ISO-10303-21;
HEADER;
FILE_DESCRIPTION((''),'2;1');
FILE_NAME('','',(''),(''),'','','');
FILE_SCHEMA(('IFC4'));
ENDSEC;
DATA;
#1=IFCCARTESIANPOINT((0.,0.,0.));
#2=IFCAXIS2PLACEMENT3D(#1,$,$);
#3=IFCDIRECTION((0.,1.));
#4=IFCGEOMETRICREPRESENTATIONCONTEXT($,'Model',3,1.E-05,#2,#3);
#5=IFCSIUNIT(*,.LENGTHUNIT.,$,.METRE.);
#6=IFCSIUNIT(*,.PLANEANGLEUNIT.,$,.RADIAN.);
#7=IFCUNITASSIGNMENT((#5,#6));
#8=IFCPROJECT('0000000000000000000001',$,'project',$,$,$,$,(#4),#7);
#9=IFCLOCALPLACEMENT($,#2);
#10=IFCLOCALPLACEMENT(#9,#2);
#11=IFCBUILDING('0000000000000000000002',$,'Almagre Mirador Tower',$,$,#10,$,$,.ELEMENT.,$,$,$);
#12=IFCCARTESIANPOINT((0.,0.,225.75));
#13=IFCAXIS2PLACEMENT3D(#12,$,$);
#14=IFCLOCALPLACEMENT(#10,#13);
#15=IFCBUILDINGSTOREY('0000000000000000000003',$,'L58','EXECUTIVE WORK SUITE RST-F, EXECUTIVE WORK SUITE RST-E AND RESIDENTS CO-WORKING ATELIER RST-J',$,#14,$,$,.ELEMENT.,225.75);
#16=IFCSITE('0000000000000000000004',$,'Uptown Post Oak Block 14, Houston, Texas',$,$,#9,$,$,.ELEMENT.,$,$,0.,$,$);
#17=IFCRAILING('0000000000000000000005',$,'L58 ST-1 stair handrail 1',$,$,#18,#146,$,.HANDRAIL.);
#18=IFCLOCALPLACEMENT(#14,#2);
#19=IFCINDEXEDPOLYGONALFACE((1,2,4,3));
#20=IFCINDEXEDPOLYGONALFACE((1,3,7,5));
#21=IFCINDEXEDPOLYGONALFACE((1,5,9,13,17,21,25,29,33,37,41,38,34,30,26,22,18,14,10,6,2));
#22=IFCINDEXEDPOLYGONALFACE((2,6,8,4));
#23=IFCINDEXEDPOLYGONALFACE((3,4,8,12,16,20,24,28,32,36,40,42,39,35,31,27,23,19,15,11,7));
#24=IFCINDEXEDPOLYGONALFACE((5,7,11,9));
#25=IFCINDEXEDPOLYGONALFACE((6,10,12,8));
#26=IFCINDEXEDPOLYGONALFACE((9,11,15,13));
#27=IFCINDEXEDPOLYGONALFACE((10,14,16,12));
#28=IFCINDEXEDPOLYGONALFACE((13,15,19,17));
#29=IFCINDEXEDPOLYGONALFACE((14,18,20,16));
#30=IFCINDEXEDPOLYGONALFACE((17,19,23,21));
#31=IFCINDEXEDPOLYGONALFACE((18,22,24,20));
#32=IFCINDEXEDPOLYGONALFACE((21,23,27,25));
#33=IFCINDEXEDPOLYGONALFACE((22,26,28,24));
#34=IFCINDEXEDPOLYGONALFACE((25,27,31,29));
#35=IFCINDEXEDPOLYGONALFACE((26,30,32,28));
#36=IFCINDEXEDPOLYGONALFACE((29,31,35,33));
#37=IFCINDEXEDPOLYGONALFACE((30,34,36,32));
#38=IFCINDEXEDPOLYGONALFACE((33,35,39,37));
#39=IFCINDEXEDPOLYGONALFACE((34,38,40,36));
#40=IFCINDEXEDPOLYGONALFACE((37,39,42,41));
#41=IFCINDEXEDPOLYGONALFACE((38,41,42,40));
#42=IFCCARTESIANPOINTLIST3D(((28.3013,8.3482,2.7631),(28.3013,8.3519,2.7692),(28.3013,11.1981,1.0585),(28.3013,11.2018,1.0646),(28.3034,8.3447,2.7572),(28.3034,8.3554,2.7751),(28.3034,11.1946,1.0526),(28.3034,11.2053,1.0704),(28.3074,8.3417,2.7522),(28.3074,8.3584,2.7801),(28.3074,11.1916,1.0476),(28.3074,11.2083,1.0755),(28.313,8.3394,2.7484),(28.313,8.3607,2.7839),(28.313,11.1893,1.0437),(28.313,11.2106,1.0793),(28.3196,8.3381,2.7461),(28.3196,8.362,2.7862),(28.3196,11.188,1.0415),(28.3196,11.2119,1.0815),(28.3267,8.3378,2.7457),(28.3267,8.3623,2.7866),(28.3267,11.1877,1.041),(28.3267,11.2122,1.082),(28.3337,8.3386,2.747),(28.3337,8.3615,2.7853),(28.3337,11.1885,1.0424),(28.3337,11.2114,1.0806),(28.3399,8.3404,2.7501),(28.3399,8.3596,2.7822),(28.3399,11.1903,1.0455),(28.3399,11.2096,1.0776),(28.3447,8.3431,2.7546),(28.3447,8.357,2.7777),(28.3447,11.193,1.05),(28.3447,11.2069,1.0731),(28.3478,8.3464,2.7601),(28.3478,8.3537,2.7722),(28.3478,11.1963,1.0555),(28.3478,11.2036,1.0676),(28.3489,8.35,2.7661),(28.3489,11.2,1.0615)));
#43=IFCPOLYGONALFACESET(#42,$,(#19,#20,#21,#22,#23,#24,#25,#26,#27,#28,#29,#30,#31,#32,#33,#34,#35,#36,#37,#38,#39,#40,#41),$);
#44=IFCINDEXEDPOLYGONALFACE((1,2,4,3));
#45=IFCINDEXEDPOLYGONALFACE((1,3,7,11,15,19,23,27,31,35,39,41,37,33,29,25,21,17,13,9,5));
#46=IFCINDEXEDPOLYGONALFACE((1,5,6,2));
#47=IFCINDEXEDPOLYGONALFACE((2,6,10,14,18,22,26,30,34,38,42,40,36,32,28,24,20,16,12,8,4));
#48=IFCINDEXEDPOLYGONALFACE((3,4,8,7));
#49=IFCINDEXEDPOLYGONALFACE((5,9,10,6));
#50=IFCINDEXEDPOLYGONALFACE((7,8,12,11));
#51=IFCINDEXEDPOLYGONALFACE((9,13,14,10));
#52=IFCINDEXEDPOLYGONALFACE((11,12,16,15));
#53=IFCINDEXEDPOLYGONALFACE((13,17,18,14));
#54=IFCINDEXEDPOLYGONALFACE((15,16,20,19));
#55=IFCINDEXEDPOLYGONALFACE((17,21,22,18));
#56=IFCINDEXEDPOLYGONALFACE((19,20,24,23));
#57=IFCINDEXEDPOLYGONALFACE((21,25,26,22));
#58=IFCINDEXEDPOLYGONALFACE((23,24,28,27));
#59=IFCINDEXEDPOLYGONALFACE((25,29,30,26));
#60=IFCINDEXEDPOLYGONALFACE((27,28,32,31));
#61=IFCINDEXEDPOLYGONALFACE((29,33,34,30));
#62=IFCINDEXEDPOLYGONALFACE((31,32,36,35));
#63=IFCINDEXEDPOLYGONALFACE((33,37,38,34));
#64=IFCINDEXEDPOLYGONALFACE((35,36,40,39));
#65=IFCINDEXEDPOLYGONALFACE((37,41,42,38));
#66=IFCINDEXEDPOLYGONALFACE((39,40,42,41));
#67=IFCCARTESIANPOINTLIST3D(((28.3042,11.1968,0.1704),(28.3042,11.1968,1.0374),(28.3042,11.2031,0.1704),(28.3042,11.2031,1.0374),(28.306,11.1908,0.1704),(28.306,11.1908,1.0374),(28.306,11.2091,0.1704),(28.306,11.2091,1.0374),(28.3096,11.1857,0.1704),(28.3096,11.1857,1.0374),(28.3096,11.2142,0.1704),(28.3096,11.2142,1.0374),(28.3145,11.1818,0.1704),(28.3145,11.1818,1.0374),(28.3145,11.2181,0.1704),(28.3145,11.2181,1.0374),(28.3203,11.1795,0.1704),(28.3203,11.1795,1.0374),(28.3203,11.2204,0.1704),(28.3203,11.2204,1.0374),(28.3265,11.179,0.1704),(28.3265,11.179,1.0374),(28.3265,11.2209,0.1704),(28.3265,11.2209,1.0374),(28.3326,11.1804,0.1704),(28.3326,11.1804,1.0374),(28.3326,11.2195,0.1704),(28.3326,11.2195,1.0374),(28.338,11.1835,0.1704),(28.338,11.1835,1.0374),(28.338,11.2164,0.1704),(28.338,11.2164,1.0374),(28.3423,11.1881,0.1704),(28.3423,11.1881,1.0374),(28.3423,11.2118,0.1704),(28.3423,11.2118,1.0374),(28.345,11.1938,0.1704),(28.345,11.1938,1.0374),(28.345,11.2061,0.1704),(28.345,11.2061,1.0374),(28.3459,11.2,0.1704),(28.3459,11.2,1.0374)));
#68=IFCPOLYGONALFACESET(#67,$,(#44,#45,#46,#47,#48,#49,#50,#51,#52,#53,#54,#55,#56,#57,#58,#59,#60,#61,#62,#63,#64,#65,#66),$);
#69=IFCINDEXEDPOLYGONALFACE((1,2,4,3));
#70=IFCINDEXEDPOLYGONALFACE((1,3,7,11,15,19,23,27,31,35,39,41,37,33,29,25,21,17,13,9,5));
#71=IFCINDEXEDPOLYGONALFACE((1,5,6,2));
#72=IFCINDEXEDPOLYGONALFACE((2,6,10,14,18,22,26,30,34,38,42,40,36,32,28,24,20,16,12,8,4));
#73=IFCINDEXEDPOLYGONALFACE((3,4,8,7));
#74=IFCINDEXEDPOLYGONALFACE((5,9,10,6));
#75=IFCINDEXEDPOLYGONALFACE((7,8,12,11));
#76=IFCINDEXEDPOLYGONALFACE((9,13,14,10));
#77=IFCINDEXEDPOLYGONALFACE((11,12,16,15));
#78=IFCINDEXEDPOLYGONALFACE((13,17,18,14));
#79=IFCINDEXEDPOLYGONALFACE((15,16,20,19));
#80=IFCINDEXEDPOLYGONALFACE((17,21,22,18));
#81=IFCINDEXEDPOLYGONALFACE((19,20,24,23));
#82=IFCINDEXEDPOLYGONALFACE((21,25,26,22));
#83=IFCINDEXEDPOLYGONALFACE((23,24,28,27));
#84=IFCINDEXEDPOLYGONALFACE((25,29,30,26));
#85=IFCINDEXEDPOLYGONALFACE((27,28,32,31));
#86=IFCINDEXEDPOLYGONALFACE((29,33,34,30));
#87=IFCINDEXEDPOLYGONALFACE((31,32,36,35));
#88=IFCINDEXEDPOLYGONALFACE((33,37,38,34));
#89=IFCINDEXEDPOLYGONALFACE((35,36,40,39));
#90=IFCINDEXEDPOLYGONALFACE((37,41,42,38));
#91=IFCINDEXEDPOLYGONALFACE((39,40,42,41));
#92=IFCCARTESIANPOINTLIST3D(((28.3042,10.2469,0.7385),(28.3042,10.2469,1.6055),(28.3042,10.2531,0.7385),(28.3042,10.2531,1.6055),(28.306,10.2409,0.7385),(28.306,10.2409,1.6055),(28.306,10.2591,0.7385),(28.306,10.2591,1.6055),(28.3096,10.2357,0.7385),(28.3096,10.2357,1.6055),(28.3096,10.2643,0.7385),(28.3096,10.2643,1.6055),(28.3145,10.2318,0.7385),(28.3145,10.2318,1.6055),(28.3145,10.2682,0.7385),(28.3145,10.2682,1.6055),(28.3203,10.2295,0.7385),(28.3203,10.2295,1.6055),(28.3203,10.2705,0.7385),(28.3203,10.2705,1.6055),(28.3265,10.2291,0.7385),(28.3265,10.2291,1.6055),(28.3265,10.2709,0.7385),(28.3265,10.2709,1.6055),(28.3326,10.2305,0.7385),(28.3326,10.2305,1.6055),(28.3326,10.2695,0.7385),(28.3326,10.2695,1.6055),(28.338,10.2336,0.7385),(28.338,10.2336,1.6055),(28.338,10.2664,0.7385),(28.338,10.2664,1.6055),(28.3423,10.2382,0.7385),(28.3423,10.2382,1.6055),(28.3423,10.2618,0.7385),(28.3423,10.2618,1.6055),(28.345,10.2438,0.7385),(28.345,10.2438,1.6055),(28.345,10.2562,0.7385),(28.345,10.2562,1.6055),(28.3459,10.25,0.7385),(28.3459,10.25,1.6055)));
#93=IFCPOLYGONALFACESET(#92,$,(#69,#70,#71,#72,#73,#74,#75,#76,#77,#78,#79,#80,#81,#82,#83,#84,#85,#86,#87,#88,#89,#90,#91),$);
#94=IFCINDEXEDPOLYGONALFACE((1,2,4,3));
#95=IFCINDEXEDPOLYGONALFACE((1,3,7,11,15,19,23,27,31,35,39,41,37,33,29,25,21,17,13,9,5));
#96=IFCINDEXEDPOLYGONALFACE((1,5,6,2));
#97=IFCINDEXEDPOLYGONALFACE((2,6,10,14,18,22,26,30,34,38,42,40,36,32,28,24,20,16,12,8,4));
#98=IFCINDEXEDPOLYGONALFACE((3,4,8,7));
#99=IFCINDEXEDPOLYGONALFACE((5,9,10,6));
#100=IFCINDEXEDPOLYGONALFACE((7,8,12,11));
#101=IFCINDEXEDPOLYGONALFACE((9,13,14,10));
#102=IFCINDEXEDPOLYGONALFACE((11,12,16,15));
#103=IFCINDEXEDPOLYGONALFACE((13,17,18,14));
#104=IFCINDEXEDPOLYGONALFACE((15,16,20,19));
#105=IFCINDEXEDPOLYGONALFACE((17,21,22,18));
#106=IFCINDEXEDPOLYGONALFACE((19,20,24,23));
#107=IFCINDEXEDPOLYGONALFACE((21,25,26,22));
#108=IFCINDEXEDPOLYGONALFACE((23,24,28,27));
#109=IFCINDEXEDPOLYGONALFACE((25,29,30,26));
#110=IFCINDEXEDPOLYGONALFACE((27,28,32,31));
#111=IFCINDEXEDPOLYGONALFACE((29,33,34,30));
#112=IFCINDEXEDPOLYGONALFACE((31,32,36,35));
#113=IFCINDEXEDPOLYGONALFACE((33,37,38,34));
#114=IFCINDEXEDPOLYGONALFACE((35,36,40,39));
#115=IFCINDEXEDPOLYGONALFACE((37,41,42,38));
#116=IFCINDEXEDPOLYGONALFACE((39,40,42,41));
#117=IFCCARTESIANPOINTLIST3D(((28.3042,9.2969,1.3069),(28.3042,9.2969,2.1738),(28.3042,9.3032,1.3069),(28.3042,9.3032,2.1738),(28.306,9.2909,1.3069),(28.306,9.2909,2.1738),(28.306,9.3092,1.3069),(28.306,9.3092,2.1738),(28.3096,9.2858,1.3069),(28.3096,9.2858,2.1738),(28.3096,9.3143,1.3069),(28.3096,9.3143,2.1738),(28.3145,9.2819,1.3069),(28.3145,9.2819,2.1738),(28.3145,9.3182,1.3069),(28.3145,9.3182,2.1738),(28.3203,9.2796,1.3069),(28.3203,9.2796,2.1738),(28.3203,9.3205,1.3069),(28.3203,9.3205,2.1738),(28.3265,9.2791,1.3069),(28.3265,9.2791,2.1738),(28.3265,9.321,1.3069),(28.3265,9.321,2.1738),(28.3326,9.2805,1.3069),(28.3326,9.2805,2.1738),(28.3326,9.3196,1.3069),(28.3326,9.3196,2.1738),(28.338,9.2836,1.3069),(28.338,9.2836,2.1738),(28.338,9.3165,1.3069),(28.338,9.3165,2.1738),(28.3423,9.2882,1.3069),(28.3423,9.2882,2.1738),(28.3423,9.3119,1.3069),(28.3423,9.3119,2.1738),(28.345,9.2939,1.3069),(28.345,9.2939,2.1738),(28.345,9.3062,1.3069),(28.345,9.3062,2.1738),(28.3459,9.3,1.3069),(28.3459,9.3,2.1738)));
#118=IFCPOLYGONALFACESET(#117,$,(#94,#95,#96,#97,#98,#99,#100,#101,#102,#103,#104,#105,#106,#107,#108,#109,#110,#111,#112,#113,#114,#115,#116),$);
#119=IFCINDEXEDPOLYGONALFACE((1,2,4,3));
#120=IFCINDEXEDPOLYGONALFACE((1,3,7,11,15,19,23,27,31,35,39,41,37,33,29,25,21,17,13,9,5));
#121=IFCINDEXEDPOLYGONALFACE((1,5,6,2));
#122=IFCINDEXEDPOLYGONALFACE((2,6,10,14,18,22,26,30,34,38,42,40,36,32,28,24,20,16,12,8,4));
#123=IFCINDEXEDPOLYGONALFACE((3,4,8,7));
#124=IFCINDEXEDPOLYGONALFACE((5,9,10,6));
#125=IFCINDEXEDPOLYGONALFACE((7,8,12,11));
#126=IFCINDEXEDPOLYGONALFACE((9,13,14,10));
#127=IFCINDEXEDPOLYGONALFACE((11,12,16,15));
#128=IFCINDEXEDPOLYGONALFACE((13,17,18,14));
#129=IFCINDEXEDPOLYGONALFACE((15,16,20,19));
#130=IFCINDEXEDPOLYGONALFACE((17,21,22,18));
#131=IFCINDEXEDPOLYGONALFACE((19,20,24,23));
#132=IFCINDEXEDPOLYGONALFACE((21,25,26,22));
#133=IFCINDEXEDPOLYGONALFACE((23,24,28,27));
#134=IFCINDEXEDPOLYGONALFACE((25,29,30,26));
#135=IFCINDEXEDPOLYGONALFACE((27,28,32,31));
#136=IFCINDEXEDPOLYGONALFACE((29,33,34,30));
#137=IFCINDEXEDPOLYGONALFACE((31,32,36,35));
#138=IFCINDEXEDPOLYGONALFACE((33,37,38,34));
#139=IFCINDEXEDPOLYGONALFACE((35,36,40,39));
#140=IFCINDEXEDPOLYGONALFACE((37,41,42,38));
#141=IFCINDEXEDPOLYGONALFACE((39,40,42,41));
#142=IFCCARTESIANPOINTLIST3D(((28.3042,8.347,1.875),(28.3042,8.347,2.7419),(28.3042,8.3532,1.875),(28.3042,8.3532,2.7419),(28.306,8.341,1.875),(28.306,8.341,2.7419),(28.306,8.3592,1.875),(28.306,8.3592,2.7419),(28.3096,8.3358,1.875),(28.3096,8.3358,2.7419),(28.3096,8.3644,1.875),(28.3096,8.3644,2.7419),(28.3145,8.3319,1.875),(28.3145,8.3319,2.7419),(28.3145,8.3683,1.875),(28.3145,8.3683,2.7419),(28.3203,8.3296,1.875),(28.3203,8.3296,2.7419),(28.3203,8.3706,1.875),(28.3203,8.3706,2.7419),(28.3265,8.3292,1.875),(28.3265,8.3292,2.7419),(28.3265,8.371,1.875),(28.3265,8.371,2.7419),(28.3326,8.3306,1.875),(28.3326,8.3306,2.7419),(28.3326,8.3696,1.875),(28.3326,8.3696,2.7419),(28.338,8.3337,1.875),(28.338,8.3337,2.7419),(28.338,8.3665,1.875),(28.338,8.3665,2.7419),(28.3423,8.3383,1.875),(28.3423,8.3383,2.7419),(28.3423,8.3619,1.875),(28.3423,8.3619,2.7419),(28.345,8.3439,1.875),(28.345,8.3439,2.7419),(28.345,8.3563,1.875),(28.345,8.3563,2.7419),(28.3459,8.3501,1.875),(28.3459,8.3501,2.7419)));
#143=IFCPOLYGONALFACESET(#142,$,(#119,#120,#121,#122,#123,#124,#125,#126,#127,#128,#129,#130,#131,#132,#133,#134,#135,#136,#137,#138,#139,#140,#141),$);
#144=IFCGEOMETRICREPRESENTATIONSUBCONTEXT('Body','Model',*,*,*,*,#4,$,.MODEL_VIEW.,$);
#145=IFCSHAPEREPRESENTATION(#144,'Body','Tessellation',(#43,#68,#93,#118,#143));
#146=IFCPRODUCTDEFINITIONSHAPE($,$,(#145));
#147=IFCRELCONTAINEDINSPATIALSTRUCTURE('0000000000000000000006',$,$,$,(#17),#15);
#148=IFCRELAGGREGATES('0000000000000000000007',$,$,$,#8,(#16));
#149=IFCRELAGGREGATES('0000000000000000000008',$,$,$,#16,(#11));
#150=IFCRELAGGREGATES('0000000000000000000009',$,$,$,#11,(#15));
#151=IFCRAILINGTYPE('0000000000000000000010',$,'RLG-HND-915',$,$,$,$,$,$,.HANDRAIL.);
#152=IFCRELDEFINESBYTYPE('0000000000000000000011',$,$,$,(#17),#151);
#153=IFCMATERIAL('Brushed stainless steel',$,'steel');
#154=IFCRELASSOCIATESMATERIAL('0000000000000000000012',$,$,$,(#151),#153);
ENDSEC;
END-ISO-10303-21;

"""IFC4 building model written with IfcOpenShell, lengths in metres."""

from ifc_helpers import new_model, si_unit, direction, frame, origin, origin_2d, place, context, subcontext, project, spatial, circle, extrude, material, type_object, element, save


model = new_model("IFC4")

# Units and contexts
model_context = context("Model", 3, precision=1e-05, world=origin(), true_north=direction((0.0, 1.0)))
body_context = subcontext(model_context, "Body", "Model", "MODEL_VIEW")
ifc_project = project(units=[si_unit("LENGTHUNIT", "METRE"), si_unit("PLANEANGLEUNIT", "RADIAN")], contexts=[model_context])

# Site, building, storey
site_placement = place(None, origin())
site = spatial("IfcSite", under=ifc_project, at=site_placement, Name="Uptown Post Oak Block 14, Houston, Texas", CompositionType="ELEMENT", RefElevation=0.0)
building_placement = place(site_placement, origin())
building = spatial("IfcBuilding", under=site, at=building_placement, Name="Almagre Mirador Tower", CompositionType="ELEMENT")
storey_placement = place(building_placement, frame((0.0, 0.0, 225.75)))
storey = spatial("IfcBuildingStorey", under=building, at=storey_placement, Name="L58", Description="EXECUTIVE WORK SUITE RST-F, EXECUTIVE WORK SUITE RST-E AND RESIDENTS CO-WORKING ATELIER RST-J", CompositionType="ELEMENT", Elevation=225.75)

# Railing
ifc_material_1 = material(Name="Brushed stainless steel", Category="steel")
railing_type = type_object("IfcRailingType", Name="RLG-HND-915", PredefinedType="HANDRAIL", material=ifc_material_1)
railing_placement = place(storey_placement, frame((28.325, 11.2, 0.1704)))
element("IfcRailing", 1, at=railing_placement, inside=storey, type_object=railing_type, Name="L58 ST-1 stair handrail 1", PredefinedType="HANDRAIL", context=body_context, shape_type="SweptSolid", body=[
    extrude(circle(Radius=0.0239, at=origin_2d()), frame((0.0, 0.0, 0.8911), z_axis=(0.0, -0.858199, 0.513317), x_axis=(1.0, 0.0, 0.0)), (0.0, 0.0, 1.0), 3.3208),
    extrude(circle(Radius=0.021, at=origin_2d()), origin(), (0.0, 0.0, 1.0), 0.8669),
    extrude(circle(Radius=0.021, at=origin_2d()), frame((0.0, -0.95, 0.5681)), (0.0, 0.0, 1.0), 0.8669),
    extrude(circle(Radius=0.021, at=origin_2d()), frame((0.0, -1.8999, 1.1365)), (0.0, 0.0, 1.0), 0.8669),
    extrude(circle(Radius=0.021, at=origin_2d()), frame((0.0, -2.8499, 1.7046)), (0.0, 0.0, 1.0), 0.8669),
])

save(model, "model.ifc")
